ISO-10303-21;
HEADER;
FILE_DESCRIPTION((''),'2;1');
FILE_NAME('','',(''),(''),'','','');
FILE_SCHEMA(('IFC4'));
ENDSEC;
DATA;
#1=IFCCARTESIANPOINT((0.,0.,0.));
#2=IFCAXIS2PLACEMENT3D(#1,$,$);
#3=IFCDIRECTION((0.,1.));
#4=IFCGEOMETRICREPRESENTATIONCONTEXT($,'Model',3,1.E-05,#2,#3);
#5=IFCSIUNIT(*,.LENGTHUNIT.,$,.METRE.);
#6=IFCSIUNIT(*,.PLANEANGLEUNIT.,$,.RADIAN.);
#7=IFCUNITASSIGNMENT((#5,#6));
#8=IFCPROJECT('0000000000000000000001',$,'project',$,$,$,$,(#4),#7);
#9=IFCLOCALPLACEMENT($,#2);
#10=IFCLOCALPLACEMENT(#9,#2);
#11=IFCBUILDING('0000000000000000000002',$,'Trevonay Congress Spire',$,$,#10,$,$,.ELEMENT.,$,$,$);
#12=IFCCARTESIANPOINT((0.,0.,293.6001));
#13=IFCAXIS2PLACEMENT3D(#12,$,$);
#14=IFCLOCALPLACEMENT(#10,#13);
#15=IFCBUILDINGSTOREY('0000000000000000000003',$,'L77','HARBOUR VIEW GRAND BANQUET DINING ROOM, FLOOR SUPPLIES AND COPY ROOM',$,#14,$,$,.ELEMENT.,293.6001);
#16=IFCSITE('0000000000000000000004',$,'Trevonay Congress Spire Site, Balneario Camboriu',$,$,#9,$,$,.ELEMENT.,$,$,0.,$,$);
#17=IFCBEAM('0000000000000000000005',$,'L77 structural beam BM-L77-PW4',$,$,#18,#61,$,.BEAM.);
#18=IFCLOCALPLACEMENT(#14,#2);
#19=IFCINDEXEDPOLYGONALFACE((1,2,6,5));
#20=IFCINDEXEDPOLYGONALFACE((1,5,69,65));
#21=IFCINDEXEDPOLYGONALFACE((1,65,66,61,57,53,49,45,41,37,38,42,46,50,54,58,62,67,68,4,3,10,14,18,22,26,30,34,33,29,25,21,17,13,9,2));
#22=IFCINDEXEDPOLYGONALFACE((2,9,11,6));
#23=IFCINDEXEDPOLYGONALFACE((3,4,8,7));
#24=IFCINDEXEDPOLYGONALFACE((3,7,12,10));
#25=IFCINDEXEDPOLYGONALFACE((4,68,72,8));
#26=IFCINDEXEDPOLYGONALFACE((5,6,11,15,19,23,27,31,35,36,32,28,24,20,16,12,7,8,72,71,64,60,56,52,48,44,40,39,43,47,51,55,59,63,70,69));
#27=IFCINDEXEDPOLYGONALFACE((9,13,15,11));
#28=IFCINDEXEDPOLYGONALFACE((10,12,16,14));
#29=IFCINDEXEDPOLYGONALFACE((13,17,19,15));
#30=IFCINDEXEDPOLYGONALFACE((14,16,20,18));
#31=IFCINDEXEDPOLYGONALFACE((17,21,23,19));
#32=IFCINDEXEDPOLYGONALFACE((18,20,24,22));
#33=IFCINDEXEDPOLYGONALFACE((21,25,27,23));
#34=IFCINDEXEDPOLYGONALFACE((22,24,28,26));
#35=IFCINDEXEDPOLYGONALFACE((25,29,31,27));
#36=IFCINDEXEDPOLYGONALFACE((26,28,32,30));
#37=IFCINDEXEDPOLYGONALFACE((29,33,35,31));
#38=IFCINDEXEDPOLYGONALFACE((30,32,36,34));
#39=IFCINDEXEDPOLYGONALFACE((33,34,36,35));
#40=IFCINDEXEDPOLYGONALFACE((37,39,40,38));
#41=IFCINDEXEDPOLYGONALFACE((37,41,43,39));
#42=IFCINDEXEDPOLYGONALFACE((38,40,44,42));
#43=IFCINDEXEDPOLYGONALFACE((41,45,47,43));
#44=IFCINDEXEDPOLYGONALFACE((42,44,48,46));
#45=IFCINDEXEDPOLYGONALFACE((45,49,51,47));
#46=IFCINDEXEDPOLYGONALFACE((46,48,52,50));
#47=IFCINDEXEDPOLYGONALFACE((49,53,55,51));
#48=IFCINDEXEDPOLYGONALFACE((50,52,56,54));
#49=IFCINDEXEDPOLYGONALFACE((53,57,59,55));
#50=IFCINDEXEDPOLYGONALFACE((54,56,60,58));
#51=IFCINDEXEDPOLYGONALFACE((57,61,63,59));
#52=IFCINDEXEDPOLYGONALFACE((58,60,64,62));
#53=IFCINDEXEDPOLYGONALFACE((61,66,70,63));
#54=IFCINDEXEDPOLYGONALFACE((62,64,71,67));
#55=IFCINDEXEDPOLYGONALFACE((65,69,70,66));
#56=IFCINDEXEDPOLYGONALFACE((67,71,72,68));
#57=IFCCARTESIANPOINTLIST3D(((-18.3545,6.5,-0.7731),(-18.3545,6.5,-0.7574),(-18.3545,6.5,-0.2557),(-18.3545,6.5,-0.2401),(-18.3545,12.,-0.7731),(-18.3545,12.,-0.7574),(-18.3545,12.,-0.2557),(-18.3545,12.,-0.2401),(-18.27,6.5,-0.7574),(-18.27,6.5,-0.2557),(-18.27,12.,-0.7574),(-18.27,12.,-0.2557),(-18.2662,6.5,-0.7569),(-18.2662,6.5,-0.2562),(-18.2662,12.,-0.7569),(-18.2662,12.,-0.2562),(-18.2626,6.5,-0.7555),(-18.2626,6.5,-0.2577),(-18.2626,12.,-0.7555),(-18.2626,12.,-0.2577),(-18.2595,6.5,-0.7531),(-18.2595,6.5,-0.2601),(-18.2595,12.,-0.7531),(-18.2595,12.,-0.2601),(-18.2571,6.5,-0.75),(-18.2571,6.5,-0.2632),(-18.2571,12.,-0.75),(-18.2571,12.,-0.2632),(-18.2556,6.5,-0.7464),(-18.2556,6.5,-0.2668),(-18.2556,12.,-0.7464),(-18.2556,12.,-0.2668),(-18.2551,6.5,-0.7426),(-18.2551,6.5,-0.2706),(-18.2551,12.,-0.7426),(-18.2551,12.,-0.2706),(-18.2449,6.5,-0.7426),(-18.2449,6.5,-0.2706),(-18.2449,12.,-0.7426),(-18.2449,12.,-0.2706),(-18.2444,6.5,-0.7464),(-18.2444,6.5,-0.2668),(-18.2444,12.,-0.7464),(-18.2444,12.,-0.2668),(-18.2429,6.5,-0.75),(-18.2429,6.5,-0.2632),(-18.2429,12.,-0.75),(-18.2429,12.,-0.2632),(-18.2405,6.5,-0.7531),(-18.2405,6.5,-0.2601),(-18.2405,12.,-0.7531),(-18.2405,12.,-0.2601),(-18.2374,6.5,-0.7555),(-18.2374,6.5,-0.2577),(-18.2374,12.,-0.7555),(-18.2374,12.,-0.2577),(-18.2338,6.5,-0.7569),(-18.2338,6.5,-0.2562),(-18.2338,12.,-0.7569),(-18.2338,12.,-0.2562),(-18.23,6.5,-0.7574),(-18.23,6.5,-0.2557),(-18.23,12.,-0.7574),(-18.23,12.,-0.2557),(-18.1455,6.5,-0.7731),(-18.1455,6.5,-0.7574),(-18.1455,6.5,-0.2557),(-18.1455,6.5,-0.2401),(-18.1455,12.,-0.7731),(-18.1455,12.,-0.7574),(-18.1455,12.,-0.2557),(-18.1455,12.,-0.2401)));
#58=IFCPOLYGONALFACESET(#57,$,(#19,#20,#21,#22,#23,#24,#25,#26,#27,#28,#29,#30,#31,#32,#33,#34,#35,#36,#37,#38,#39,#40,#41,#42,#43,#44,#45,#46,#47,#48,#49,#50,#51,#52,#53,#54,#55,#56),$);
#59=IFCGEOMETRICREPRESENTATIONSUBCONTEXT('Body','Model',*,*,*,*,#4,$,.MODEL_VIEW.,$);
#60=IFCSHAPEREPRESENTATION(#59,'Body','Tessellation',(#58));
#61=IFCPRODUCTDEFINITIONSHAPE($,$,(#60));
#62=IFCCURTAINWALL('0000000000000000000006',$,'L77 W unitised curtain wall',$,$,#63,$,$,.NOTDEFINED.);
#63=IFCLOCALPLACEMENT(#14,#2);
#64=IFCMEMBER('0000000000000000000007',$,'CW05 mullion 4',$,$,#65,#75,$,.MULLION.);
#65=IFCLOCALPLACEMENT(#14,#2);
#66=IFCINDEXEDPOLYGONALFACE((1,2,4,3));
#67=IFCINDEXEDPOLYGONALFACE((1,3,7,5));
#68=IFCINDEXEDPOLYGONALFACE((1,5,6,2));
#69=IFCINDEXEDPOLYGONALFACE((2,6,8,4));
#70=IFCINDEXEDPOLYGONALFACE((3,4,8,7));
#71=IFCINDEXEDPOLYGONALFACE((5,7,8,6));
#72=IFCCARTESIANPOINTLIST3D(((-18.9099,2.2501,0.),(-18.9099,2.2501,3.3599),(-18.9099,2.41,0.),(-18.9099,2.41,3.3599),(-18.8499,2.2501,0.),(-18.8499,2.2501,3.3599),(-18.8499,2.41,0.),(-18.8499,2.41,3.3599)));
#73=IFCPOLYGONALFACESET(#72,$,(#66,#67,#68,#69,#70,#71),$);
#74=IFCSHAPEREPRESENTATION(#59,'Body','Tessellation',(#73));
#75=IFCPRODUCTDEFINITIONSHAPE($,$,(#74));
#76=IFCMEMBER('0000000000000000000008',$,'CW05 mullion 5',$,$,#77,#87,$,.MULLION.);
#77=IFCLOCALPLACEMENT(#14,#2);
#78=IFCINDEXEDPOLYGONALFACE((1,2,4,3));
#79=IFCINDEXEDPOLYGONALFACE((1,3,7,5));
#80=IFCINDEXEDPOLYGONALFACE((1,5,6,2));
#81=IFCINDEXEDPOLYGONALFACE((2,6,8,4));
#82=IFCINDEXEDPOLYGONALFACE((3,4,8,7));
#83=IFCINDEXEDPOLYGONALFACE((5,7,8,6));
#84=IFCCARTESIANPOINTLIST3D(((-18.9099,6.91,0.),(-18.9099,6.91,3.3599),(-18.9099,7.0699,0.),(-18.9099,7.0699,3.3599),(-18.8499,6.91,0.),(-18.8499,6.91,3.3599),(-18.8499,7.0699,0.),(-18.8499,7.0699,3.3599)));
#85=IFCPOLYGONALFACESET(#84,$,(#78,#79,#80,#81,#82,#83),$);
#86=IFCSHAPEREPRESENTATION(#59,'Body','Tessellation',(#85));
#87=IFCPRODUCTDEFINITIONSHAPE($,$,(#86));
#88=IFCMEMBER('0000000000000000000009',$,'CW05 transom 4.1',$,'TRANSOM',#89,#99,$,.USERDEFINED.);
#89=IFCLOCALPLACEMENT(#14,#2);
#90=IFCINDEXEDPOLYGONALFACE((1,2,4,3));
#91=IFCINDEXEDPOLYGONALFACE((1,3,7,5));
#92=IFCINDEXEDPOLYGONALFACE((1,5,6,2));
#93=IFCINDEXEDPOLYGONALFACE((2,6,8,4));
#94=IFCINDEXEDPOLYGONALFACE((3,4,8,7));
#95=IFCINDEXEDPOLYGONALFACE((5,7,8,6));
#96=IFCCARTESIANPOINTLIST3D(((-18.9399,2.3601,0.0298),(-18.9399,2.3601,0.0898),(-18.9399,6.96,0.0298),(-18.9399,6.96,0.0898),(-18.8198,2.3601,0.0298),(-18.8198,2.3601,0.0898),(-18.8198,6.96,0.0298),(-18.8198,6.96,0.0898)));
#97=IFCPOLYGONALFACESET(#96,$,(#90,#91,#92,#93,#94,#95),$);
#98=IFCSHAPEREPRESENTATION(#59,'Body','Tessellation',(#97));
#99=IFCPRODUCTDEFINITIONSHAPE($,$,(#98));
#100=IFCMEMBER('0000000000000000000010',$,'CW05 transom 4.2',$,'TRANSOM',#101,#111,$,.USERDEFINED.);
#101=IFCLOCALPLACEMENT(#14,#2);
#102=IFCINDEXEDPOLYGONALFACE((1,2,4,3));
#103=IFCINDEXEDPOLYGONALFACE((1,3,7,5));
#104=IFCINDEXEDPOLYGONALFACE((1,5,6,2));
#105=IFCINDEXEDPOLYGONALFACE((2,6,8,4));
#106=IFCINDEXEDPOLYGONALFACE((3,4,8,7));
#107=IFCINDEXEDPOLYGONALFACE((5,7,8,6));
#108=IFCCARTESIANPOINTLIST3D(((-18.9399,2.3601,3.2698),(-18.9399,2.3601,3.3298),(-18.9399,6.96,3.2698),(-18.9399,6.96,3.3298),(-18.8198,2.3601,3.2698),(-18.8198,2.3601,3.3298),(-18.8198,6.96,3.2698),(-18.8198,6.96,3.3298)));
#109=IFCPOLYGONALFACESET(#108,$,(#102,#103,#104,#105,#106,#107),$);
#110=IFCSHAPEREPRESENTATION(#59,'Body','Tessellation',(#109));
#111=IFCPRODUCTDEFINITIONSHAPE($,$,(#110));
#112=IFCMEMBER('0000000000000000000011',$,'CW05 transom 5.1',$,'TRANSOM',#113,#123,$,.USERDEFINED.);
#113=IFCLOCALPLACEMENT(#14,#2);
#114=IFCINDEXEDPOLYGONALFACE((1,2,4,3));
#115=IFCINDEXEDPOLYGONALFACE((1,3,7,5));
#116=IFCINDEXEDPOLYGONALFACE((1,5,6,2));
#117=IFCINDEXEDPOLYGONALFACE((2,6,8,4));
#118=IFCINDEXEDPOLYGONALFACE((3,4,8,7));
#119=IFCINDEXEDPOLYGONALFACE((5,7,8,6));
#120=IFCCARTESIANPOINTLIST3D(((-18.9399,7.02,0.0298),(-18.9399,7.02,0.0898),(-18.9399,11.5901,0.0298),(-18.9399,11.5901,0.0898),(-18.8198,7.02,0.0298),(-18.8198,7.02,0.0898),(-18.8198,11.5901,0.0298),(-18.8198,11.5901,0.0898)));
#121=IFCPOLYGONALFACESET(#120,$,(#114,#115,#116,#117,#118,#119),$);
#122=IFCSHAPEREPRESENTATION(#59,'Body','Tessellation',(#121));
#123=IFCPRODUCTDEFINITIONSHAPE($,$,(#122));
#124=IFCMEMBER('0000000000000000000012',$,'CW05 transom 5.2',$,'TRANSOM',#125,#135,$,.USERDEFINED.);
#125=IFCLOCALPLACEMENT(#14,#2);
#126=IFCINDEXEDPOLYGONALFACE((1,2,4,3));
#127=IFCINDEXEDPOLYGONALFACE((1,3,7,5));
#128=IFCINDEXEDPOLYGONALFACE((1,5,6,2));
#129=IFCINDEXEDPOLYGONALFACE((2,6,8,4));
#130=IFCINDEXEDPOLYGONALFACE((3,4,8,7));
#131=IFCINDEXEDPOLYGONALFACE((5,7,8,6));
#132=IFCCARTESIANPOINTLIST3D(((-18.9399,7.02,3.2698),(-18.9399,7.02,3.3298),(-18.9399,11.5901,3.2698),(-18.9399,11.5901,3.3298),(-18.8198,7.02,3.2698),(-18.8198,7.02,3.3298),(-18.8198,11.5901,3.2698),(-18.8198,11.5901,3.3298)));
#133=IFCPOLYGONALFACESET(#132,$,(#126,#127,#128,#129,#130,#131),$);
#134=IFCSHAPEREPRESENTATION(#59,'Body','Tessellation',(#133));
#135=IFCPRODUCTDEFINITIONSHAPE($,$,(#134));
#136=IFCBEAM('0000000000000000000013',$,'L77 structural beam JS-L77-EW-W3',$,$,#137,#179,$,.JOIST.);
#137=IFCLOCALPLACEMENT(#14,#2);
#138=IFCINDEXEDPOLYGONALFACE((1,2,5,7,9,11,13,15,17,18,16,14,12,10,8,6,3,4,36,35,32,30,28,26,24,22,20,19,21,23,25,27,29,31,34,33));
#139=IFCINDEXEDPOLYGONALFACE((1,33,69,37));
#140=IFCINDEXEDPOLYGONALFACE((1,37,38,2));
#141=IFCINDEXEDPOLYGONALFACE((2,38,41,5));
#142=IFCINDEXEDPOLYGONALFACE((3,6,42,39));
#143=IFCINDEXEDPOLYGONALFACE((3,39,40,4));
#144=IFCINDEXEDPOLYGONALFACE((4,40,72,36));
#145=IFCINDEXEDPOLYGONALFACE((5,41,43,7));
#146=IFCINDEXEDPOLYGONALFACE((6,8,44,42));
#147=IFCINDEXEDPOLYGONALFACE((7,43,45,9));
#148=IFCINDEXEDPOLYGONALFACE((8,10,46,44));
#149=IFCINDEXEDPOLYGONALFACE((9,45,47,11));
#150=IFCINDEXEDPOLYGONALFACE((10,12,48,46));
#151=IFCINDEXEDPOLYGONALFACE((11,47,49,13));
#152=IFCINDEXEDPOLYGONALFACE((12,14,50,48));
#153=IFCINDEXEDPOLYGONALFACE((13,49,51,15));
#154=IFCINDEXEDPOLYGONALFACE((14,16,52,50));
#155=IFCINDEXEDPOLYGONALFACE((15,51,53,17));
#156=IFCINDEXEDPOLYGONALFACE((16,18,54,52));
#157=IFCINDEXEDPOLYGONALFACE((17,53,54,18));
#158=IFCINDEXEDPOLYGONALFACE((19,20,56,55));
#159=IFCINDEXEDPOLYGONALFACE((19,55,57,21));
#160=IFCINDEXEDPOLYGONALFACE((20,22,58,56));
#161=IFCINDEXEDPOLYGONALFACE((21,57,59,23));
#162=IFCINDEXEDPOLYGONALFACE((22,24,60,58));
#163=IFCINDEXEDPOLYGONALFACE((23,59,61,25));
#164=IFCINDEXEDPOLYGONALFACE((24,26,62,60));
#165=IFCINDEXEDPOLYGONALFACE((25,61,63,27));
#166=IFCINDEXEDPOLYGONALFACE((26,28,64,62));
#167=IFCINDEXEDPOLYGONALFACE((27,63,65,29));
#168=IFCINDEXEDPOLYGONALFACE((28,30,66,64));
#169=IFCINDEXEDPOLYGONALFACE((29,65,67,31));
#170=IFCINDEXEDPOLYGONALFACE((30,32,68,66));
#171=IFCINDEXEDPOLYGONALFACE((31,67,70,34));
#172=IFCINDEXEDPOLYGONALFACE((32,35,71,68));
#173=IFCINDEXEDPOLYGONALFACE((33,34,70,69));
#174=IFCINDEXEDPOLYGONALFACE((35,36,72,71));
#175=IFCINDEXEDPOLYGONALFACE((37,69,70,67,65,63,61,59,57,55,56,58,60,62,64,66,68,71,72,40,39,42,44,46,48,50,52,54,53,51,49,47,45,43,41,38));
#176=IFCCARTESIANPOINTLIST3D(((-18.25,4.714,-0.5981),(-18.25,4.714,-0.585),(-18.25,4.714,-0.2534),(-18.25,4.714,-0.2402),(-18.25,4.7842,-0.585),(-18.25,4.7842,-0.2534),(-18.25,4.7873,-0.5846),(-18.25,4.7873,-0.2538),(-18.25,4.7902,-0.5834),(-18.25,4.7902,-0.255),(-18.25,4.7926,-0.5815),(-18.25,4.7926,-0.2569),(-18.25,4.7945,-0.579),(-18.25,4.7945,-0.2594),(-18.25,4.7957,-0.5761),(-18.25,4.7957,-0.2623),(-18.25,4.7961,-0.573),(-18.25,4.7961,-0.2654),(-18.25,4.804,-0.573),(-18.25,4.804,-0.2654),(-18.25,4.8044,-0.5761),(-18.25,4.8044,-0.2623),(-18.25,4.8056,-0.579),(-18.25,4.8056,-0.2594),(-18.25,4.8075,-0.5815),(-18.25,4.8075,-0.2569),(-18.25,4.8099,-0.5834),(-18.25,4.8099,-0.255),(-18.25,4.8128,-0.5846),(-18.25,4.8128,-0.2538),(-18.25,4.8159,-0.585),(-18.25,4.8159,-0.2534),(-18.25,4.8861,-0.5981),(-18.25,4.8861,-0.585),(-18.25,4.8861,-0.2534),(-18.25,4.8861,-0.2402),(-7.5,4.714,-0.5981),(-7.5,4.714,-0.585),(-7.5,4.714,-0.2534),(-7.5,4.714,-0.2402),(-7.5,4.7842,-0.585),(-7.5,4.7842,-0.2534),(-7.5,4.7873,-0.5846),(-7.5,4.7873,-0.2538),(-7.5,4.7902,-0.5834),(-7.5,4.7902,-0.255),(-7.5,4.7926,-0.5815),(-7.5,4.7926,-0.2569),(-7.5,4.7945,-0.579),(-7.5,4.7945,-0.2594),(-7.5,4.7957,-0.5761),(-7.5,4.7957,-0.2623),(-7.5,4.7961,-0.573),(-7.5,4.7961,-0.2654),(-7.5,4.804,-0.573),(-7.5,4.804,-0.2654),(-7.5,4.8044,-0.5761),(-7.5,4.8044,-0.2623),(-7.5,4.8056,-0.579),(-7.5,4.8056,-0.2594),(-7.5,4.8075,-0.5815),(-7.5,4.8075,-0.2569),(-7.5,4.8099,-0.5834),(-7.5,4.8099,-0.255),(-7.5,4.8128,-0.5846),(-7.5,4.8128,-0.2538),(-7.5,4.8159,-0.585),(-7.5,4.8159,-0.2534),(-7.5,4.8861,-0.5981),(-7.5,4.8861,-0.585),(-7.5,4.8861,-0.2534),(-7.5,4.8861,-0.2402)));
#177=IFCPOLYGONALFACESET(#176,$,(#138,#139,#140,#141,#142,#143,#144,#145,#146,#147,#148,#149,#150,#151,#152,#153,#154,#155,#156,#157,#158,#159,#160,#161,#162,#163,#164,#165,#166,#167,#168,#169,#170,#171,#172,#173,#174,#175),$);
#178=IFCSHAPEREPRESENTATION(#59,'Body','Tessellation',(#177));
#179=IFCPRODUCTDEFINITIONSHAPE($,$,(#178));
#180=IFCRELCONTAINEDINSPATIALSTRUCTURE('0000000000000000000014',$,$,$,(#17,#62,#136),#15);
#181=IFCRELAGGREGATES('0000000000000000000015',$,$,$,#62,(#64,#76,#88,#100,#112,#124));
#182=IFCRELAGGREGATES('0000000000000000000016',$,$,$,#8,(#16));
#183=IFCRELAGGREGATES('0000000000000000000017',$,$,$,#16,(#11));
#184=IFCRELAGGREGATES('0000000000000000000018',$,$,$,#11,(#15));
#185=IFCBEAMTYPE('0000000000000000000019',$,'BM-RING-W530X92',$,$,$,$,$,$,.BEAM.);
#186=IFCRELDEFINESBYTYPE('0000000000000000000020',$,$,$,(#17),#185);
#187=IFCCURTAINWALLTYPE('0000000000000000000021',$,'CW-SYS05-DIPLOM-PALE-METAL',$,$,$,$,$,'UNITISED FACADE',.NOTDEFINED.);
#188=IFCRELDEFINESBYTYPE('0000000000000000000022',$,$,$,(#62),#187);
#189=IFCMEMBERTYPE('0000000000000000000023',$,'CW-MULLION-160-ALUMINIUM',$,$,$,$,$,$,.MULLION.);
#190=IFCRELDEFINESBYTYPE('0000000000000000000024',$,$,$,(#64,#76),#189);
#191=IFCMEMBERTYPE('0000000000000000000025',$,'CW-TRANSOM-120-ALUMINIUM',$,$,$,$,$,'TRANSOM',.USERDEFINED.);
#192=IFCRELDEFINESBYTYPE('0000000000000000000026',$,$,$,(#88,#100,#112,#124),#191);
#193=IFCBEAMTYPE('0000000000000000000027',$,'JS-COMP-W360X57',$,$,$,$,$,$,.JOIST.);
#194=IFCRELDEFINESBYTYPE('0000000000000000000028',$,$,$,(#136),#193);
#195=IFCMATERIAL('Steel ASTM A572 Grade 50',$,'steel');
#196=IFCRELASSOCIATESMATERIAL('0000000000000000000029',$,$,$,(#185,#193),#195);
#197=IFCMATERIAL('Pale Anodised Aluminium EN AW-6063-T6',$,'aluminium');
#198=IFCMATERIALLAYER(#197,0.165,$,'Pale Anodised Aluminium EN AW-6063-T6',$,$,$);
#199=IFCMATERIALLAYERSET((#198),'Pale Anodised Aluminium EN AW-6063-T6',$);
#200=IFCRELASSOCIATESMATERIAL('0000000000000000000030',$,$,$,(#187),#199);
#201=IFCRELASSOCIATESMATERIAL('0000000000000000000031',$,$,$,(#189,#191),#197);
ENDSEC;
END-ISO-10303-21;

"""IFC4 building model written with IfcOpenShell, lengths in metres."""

from ifc_helpers import new_model, si_unit, direction, frame, origin, origin_2d, place, context, subcontext, project, spatial, rectangle, i_section, extrude, material, layer, layer_set, material_profile, profile_set, type_object, element, aggregate, save


model = new_model("IFC4")

# Units and contexts
model_context = context("Model", 3, precision=1e-05, world=origin(), true_north=direction((0.0, 1.0)))
body_context = subcontext(model_context, "Body", "Model", "MODEL_VIEW")
ifc_project = project(units=[si_unit("LENGTHUNIT", "METRE"), si_unit("PLANEANGLEUNIT", "RADIAN")], contexts=[model_context])

# Site, building, storey
site_placement = place(None, origin())
site = spatial("IfcSite", under=ifc_project, at=site_placement, Name="Trevonay Congress Spire Site, Balneario Camboriu", CompositionType="ELEMENT", RefElevation=0.0)
building_placement = place(site_placement, origin())
building = spatial("IfcBuilding", under=site, at=building_placement, Name="Trevonay Congress Spire", CompositionType="ELEMENT")
storey_placement = place(building_placement, frame((0.0, 0.0, 293.6001)))
storey = spatial("IfcBuildingStorey", under=building, at=storey_placement, Name="L77", Description="HARBOUR VIEW GRAND BANQUET DINING ROOM, FLOOR SUPPLIES AND COPY ROOM", CompositionType="ELEMENT", Elevation=293.6001)

# Shared definitions
ifc_material_1 = material(Name="Steel ASTM A572 Grade 50", Category="steel")

# Beam
ifc_material_profile_1 = material_profile(ifc_material_1, i_section(OverallWidth=0.209, OverallDepth=0.533, WebThickness=0.0103, FlangeThickness=0.0156, FilletRadius=0.0149, at=origin_2d()), Name="W530x92")
ifc_profile_set_1 = profile_set([ifc_material_profile_1], Name="Steel ASTM A572 Grade 50")
beam_type_1 = type_object("IfcBeamType", Name="BM-RING-W530X92", PredefinedType="BEAM", material=ifc_profile_set_1)
beam_1_placement = place(storey_placement, frame((-18.25, 6.5, -0.5066), z_axis=(0.0, 1.0, 0.0), x_axis=(-1.0, 0.0, 0.0)))
element("IfcBeam", 1, at=beam_1_placement, inside=storey, type_object=beam_type_1, Name="L77 structural beam BM-L77-PW4", PredefinedType="BEAM", context=body_context, shape_type="SweptSolid", body=[
    extrude(i_section(OverallWidth=0.209, OverallDepth=0.533, WebThickness=0.0103, FlangeThickness=0.0156, FilletRadius=0.0149, at=origin_2d()), origin(), (0.0, 0.0, 1.0), 5.5),
])

# Curtain wall, members
ifc_material_2 = material(Name="Pale Anodised Aluminium EN AW-6063-T6", Category="aluminium")
ifc_layer_1 = layer(ifc_material_2, 0.165, Name="Pale Anodised Aluminium EN AW-6063-T6")
ifc_layer_set_1 = layer_set([ifc_layer_1], Name="Pale Anodised Aluminium EN AW-6063-T6")
curtain_wall_type = type_object("IfcCurtainWallType", Name="CW-SYS05-DIPLOM-PALE-METAL", ElementType="UNITISED FACADE", PredefinedType="NOTDEFINED", material=ifc_layer_set_1)
curtain_wall_placement = place(storey_placement, origin())
curtain_wall = element("IfcCurtainWall", 2, at=curtain_wall_placement, inside=storey, type_object=curtain_wall_type, Name="L77 W unitised curtain wall", PredefinedType="NOTDEFINED")
ifc_material_profile_2 = material_profile(ifc_material_2, rectangle(XDim=0.0601, YDim=0.1599, at=origin_2d()), Name="CW-MULLION-160-ALUMINIUM")
ifc_profile_set_2 = profile_set([ifc_material_profile_2], Name="Pale Anodised Aluminium EN AW-6063-T6")
member_type_1 = type_object("IfcMemberType", Name="CW-MULLION-160-ALUMINIUM", PredefinedType="MULLION", material=ifc_profile_set_2)
member_1_placement = place(storey_placement, frame((-18.8799, 2.3301, 0.0), z_axis=(0.0, 0.0, 1.0), x_axis=(-1.0, 0.0, 0.0)))
member_1 = element("IfcMember", 3, at=member_1_placement, type_object=member_type_1, Name="CW05 mullion 4", PredefinedType="MULLION", context=body_context, shape_type="SweptSolid", body=[
    extrude(rectangle(XDim=0.0601, YDim=0.1599, at=origin_2d()), origin(), (0.0, 0.0, 1.0), 3.3599),
])
member_2_placement = place(storey_placement, frame((-18.8799, 6.99, 0.0), z_axis=(0.0, 0.0, 1.0), x_axis=(-1.0, 0.0, 0.0)))
member_2 = element("IfcMember", 4, at=member_2_placement, type_object=member_type_1, Name="CW05 mullion 5", PredefinedType="MULLION", context=body_context, shape_type="SweptSolid", body=[
    extrude(rectangle(XDim=0.0601, YDim=0.1599, at=origin_2d()), origin(), (0.0, 0.0, 1.0), 3.3599),
])
ifc_material_profile_3 = material_profile(ifc_material_2, rectangle(XDim=0.1201, YDim=0.0601, at=origin_2d()), Name="CW-TRANSOM-120-ALUMINIUM")
ifc_profile_set_3 = profile_set([ifc_material_profile_3], Name="Pale Anodised Aluminium EN AW-6063-T6")
member_type_2 = type_object("IfcMemberType", Name="CW-TRANSOM-120-ALUMINIUM", ElementType="TRANSOM", PredefinedType="USERDEFINED", material=ifc_profile_set_3)
member_3_placement = place(storey_placement, frame((-18.8799, 2.3601, 0.0598), z_axis=(0.0, 1.0, 0.0), x_axis=(-1.0, 0.0, 0.0)))
member_3 = element("IfcMember", 5, at=member_3_placement, type_object=member_type_2, Name="CW05 transom 4.1", ObjectType="TRANSOM", PredefinedType="USERDEFINED", context=body_context, shape_type="SweptSolid", body=[
    extrude(rectangle(XDim=0.1201, YDim=0.0601, at=origin_2d()), origin(), (0.0, 0.0, 1.0), 4.5999),
])
member_4_placement = place(storey_placement, frame((-18.8799, 2.3601, 3.2998), z_axis=(0.0, 1.0, 0.0), x_axis=(-1.0, 0.0, 0.0)))
member_4 = element("IfcMember", 6, at=member_4_placement, type_object=member_type_2, Name="CW05 transom 4.2", ObjectType="TRANSOM", PredefinedType="USERDEFINED", context=body_context, shape_type="SweptSolid", body=[
    extrude(rectangle(XDim=0.1201, YDim=0.0601, at=origin_2d()), origin(), (0.0, 0.0, 1.0), 4.5999),
])
member_5_placement = place(storey_placement, frame((-18.8799, 7.02, 0.0598), z_axis=(0.0, 1.0, 0.0), x_axis=(-1.0, 0.0, 0.0)))
member_5 = element("IfcMember", 7, at=member_5_placement, type_object=member_type_2, Name="CW05 transom 5.1", ObjectType="TRANSOM", PredefinedType="USERDEFINED", context=body_context, shape_type="SweptSolid", body=[
    extrude(rectangle(XDim=0.1201, YDim=0.0601, at=origin_2d()), origin(), (0.0, 0.0, 1.0), 4.5701),
])
member_6_placement = place(storey_placement, frame((-18.8799, 7.02, 3.2998), z_axis=(0.0, 1.0, 0.0), x_axis=(-1.0, 0.0, 0.0)))
member_6 = element("IfcMember", 8, at=member_6_placement, type_object=member_type_2, Name="CW05 transom 5.2", ObjectType="TRANSOM", PredefinedType="USERDEFINED", context=body_context, shape_type="SweptSolid", body=[
    extrude(rectangle(XDim=0.1201, YDim=0.0601, at=origin_2d()), origin(), (0.0, 0.0, 1.0), 4.5701),
])

# Beam
ifc_material_profile_4 = material_profile(ifc_material_1, i_section(OverallWidth=0.1721, OverallDepth=0.3579, WebThickness=0.0078, FlangeThickness=0.0132, FilletRadius=0.012, at=origin_2d()), Name="W360x57.8")
ifc_profile_set_4 = profile_set([ifc_material_profile_4], Name="Steel ASTM A572 Grade 50")
beam_type_2 = type_object("IfcBeamType", Name="JS-COMP-W360X57", PredefinedType="JOIST", material=ifc_profile_set_4)
beam_2_placement = place(storey_placement, frame((-18.25, 4.8, -0.4192), z_axis=(1.0, 0.0, 0.0), x_axis=(0.0, 1.0, 0.0)))
element("IfcBeam", 9, at=beam_2_placement, inside=storey, type_object=beam_type_2, Name="L77 structural beam JS-L77-EW-W3", PredefinedType="JOIST", context=body_context, shape_type="SweptSolid", body=[
    extrude(i_section(OverallWidth=0.1721, OverallDepth=0.3579, WebThickness=0.0078, FlangeThickness=0.0132, FilletRadius=0.012, at=origin_2d()), origin(), (0.0, 0.0, 1.0), 10.75),
])

aggregate(curtain_wall, [member_1, member_2, member_3, member_4, member_5, member_6])

save(model, "model.ifc")
